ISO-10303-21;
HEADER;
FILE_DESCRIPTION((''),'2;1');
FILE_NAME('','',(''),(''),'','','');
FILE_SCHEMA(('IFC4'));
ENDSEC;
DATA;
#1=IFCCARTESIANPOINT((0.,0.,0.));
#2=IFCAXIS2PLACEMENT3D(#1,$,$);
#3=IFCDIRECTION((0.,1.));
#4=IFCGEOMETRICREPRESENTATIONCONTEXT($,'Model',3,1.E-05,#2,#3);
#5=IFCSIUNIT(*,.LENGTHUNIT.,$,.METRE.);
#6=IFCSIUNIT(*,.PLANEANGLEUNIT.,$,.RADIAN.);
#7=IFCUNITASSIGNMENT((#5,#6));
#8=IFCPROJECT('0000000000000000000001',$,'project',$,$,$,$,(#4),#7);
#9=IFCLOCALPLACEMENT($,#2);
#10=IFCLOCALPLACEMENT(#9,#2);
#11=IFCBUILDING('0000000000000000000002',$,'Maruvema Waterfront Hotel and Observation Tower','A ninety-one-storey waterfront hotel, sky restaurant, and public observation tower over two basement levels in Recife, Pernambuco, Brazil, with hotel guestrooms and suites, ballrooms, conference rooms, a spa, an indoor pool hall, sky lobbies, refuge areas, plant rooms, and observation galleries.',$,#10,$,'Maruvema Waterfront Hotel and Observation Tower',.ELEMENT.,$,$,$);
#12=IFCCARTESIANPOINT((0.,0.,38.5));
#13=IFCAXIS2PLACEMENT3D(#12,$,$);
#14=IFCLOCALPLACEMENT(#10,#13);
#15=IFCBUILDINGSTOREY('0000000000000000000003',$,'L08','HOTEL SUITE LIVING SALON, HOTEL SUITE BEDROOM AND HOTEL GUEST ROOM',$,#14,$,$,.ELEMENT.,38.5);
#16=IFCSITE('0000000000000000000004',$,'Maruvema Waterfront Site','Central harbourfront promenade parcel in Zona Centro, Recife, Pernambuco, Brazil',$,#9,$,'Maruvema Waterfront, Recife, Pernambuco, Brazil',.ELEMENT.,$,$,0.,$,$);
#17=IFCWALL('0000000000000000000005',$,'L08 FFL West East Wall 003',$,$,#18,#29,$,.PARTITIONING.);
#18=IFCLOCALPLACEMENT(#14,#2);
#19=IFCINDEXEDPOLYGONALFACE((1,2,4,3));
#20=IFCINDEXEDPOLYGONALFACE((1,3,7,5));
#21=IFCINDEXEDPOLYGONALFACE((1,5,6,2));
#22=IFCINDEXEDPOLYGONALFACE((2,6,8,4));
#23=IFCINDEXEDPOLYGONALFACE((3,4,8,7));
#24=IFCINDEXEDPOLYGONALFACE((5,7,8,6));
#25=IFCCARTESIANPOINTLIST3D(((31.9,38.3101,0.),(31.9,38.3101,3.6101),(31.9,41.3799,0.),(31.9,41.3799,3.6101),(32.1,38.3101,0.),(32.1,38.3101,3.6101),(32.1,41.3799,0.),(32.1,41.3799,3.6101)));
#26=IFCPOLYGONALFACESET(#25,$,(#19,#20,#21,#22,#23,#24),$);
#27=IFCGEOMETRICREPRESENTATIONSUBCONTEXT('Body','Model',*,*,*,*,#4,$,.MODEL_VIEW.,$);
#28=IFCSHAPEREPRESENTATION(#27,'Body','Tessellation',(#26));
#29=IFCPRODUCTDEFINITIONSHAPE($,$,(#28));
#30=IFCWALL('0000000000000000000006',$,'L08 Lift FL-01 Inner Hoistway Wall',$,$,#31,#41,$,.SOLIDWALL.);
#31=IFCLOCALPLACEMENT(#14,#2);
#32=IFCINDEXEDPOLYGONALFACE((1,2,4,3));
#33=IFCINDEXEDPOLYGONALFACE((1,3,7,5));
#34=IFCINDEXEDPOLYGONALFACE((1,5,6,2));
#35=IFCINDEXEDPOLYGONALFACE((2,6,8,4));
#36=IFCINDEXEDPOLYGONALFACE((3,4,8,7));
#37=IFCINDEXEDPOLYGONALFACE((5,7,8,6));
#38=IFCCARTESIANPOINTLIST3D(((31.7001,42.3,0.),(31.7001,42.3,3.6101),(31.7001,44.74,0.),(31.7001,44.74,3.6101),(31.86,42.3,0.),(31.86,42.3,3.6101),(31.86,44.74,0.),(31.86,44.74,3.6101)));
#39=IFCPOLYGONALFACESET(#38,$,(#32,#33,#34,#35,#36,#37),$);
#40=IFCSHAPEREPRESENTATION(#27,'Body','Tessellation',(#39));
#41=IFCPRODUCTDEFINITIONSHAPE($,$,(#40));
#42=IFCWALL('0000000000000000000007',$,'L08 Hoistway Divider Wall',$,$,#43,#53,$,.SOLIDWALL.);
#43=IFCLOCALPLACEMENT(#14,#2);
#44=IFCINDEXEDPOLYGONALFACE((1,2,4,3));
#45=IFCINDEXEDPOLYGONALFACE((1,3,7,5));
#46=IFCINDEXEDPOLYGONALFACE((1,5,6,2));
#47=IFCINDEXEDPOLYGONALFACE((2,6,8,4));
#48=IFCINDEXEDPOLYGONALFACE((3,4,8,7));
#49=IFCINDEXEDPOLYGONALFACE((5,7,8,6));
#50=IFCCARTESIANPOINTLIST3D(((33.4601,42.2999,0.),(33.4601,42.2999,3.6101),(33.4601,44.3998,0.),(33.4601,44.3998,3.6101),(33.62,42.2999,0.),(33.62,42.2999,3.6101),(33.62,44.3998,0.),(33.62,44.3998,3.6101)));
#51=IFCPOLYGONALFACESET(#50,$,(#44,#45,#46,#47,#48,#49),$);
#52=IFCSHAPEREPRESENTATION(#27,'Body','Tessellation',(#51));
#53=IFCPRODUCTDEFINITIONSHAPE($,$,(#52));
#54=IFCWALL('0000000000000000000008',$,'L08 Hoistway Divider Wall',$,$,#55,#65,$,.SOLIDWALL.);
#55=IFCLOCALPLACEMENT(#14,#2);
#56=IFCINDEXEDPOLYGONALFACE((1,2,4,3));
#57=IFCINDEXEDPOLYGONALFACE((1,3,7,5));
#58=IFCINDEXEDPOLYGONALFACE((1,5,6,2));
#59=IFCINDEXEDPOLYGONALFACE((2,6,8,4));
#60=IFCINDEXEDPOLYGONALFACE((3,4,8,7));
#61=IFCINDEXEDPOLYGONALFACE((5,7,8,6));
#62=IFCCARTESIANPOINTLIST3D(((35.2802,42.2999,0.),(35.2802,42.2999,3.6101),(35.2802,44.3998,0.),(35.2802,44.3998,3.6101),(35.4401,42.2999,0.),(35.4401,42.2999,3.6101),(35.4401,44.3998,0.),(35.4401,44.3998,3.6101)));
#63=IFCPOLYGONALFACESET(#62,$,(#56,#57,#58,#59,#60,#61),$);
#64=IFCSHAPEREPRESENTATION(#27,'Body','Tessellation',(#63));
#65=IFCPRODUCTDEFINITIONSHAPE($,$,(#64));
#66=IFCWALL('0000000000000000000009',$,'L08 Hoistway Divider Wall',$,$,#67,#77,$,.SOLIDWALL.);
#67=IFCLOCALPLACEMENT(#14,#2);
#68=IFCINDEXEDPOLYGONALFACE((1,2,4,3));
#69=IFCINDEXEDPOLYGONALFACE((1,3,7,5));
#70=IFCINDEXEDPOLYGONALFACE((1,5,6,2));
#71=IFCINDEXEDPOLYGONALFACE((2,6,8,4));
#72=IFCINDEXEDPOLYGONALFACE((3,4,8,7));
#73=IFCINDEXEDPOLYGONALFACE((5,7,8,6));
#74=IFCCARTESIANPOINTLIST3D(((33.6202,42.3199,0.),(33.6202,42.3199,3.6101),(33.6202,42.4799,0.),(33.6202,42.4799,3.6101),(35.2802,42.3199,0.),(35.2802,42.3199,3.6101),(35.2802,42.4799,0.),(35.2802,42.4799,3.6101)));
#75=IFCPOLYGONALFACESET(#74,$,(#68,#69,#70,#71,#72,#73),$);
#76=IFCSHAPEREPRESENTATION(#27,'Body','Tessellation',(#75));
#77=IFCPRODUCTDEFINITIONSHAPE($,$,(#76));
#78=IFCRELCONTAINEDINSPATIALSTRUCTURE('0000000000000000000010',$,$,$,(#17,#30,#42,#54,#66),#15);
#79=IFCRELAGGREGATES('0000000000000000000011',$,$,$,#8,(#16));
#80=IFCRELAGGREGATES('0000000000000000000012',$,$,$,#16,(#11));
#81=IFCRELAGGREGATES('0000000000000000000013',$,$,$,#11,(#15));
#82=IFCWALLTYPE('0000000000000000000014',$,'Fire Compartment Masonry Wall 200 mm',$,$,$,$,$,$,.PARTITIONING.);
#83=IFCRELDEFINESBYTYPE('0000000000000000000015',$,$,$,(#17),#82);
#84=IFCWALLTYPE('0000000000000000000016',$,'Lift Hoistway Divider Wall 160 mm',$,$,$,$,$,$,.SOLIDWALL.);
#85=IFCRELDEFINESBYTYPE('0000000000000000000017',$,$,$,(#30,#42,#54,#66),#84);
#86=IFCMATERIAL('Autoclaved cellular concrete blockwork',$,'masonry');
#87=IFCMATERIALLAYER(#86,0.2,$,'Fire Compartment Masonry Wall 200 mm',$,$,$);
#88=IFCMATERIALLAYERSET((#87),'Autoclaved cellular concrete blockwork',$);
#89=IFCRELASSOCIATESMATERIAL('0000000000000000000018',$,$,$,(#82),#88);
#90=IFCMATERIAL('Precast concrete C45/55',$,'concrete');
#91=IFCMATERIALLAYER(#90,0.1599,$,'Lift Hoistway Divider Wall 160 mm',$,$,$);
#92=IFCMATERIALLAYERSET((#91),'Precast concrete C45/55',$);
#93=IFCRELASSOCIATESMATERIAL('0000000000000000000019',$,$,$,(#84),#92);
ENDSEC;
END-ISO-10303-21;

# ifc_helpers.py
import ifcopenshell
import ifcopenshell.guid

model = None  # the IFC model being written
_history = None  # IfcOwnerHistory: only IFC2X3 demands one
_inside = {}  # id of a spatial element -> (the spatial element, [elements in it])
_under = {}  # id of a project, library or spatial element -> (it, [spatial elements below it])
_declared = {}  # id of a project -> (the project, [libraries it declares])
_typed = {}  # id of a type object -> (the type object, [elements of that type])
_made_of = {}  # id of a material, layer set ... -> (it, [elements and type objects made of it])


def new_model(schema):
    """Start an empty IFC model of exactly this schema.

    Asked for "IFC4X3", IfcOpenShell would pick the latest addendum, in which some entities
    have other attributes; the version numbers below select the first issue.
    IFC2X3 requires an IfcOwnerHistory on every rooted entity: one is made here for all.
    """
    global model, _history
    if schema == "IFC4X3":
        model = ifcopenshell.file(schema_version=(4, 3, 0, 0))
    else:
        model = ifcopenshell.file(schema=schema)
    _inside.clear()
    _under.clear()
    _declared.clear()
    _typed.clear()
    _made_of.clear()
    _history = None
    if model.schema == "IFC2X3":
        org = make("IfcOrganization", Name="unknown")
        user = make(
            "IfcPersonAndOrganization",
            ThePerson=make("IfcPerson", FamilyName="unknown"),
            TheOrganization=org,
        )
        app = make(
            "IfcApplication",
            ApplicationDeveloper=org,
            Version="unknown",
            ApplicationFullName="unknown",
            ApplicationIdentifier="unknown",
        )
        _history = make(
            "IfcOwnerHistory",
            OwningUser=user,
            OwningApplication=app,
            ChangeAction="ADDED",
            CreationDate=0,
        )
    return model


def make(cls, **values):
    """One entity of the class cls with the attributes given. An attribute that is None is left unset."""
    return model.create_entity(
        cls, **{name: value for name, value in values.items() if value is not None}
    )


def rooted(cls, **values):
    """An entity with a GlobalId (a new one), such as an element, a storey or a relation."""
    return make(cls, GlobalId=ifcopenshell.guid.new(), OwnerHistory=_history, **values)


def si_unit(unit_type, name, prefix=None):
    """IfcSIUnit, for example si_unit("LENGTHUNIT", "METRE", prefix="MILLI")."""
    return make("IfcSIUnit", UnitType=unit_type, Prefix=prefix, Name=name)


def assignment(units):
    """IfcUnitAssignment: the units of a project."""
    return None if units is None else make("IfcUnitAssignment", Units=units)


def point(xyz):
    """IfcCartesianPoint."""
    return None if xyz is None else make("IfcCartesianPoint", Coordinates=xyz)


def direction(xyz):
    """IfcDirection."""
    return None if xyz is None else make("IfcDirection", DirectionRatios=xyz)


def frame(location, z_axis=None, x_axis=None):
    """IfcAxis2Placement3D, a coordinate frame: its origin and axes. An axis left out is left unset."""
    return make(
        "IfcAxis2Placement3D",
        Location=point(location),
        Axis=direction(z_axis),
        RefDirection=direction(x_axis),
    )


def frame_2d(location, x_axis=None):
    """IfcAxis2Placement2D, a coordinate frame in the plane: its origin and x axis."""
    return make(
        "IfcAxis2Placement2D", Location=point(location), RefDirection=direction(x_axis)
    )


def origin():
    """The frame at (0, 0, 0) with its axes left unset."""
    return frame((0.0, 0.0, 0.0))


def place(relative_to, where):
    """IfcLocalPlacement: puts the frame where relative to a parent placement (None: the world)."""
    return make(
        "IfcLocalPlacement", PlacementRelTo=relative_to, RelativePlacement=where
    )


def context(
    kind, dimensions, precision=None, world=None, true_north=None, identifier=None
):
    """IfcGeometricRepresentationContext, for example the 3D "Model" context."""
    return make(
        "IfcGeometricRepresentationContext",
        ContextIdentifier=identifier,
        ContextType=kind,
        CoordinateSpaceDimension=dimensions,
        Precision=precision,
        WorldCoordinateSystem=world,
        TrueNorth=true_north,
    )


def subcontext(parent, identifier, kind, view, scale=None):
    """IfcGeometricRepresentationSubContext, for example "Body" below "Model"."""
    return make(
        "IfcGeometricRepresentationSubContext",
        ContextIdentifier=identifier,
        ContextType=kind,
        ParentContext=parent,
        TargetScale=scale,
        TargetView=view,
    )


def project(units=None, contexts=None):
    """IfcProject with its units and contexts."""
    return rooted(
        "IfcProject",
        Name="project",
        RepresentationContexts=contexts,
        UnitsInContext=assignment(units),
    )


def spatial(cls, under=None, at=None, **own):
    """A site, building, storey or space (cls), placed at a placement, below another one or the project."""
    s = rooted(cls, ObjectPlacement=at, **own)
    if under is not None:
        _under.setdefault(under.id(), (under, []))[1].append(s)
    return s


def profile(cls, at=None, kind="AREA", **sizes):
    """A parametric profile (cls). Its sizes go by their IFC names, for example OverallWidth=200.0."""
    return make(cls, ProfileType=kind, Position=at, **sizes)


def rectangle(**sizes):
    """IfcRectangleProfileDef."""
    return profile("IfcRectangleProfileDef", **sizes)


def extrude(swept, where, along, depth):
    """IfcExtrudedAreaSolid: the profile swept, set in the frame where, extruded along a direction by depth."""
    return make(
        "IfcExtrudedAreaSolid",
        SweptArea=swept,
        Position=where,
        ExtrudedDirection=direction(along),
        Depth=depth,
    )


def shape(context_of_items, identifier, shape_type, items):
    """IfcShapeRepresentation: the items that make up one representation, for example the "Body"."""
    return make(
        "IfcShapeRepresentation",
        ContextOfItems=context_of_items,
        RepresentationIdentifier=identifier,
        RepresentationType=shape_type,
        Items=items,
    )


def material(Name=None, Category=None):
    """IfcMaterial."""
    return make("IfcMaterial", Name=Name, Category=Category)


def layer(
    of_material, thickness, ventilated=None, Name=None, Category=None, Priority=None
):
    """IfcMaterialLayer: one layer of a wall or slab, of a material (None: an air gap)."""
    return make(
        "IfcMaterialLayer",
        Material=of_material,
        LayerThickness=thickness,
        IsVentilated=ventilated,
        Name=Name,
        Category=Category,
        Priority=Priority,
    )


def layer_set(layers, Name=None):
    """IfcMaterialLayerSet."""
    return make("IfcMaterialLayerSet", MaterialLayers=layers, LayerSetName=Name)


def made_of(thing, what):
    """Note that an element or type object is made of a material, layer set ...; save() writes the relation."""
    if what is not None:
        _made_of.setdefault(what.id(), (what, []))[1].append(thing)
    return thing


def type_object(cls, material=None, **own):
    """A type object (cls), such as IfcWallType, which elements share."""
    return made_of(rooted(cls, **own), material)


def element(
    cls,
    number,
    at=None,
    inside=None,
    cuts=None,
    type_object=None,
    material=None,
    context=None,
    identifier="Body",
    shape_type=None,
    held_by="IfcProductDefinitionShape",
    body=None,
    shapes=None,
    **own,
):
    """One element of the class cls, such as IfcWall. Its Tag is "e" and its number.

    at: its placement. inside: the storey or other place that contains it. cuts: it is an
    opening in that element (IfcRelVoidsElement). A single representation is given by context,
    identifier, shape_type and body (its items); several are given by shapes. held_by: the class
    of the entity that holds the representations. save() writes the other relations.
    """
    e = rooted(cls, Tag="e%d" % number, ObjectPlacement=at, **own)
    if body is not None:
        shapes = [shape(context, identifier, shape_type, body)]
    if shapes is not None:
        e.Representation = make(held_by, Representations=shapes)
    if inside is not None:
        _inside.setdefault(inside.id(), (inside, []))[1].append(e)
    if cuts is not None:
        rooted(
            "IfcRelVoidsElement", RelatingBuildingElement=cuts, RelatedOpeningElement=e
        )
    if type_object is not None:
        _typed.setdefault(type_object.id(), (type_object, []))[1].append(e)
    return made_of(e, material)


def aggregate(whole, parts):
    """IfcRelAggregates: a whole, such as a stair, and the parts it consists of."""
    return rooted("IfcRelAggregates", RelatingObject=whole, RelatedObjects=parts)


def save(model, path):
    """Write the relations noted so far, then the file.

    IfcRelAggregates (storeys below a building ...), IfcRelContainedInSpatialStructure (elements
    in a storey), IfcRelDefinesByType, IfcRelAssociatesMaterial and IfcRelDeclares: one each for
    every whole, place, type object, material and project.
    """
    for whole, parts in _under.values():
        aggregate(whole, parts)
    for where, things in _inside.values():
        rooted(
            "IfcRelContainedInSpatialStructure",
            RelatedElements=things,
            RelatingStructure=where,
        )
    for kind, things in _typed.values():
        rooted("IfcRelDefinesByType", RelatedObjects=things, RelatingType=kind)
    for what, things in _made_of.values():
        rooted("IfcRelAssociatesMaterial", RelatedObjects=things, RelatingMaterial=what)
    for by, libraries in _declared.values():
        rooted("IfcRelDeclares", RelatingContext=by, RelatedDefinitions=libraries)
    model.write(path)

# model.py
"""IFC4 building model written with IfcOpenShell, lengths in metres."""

from ifc_helpers import new_model, si_unit, direction, frame, frame_2d, origin, place, context, subcontext, project, spatial, rectangle, extrude, material, layer, layer_set, type_object, element, save


model = new_model("IFC4")

# Units and contexts
model_context = context("Model", 3, precision=1e-05, world=origin(), true_north=direction((0.0, 1.0)))
body_context = subcontext(model_context, "Body", "Model", "MODEL_VIEW")
ifc_project = project(units=[si_unit("LENGTHUNIT", "METRE"), si_unit("PLANEANGLEUNIT", "RADIAN")], contexts=[model_context])

# Site, building, storey
site_placement = place(None, origin())
site = spatial("IfcSite", under=ifc_project, at=site_placement, Name="Maruvema Waterfront Site", Description="Central harbourfront promenade parcel in Zona Centro, Recife, Pernambuco, Brazil", LongName="Maruvema Waterfront, Recife, Pernambuco, Brazil", CompositionType="ELEMENT", RefElevation=0.0)
building_placement = place(site_placement, origin())
building = spatial("IfcBuilding", under=site, at=building_placement, Name="Maruvema Waterfront Hotel and Observation Tower", Description="A ninety-one-storey waterfront hotel, sky restaurant, and public observation tower over two basement levels in Recife, Pernambuco, Brazil, with hotel guestrooms and suites, ballrooms, conference rooms, a spa, an indoor pool hall, sky lobbies, refuge areas, plant rooms, and observation galleries.", LongName="Maruvema Waterfront Hotel and Observation Tower", CompositionType="ELEMENT")
storey_placement = place(building_placement, frame((0.0, 0.0, 38.5)))
storey = spatial("IfcBuildingStorey", under=building, at=storey_placement, Name="L08", Description="HOTEL SUITE LIVING SALON, HOTEL SUITE BEDROOM AND HOTEL GUEST ROOM", CompositionType="ELEMENT", Elevation=38.5)

# Walls
ifc_material_1 = material(Name="Autoclaved cellular concrete blockwork", Category="masonry")
ifc_layer_1 = layer(ifc_material_1, 0.2, Name="Fire Compartment Masonry Wall 200 mm")
ifc_layer_set_1 = layer_set([ifc_layer_1], Name="Autoclaved cellular concrete blockwork")
wall_type_1 = type_object("IfcWallType", Name="Fire Compartment Masonry Wall 200 mm", PredefinedType="PARTITIONING", material=ifc_layer_set_1)
for number, where, z_axis, x_axis, name in (
    (1, (32.0, 38.3101, 0.0), (0.0, 0.0, 1.0), (0.0, 1.0, 0.0), "L08 FFL West East Wall 003"),
):
    element("IfcWall", number, at=place(storey_placement, frame(where, z_axis=z_axis, x_axis=x_axis)), inside=storey, type_object=wall_type_1, Name=name, PredefinedType="PARTITIONING", context=body_context, shape_type="SweptSolid", body=[
        extrude(rectangle(XDim=3.0698, YDim=0.2, at=frame_2d((1.5349, 0.0))), origin(), (0.0, 0.0, 1.0), 3.6101),
    ])
ifc_material_2 = material(Name="Precast concrete C45/55", Category="concrete")
ifc_layer_2 = layer(ifc_material_2, 0.1599, Name="Lift Hoistway Divider Wall 160 mm")
ifc_layer_set_2 = layer_set([ifc_layer_2], Name="Precast concrete C45/55")
wall_type_2 = type_object("IfcWallType", Name="Lift Hoistway Divider Wall 160 mm", PredefinedType="SOLIDWALL", material=ifc_layer_set_2)
wall_1_placement = place(storey_placement, frame((31.78, 42.3, 0.0), z_axis=(0.0, 0.0, 1.0), x_axis=(0.0, 1.0, 0.0)))
element("IfcWall", 2, at=wall_1_placement, inside=storey, type_object=wall_type_2, Name="L08 Lift FL-01 Inner Hoistway Wall", PredefinedType="SOLIDWALL", context=body_context, shape_type="SweptSolid", body=[
    extrude(rectangle(XDim=2.4399, YDim=0.1599, at=frame_2d((1.22, 0.0))), origin(), (0.0, 0.0, 1.0), 3.6101),
])
for number, where, z_axis, x_axis, name in (
    (3, (33.54, 42.3, 0.0), (0.0, 0.0, 1.0), (0.0, 1.0, 0.0), "L08 Hoistway Divider Wall"),
    (4, (35.3601, 42.3, 0.0), (0.0, 0.0, 1.0), (0.0, 1.0, 0.0), "L08 Hoistway Divider Wall"),
):
    element("IfcWall", number, at=place(storey_placement, frame(where, z_axis=z_axis, x_axis=x_axis)), inside=storey, type_object=wall_type_2, Name=name, PredefinedType="SOLIDWALL", context=body_context, shape_type="SweptSolid", body=[
        extrude(rectangle(XDim=2.0999, YDim=0.1599, at=frame_2d((1.0498, 0.0))), origin(), (0.0, 0.0, 1.0), 3.6101),
    ])
wall_2_placement = place(storey_placement, frame((33.6201, 42.3999, 0.0), z_axis=(0.0, 0.0, 1.0), x_axis=(1.0, 0.0, 0.0)))
element("IfcWall", 5, at=wall_2_placement, inside=storey, type_object=wall_type_2, Name="L08 Hoistway Divider Wall", PredefinedType="SOLIDWALL", context=body_context, shape_type="SweptSolid", body=[
    extrude(rectangle(XDim=1.6599, YDim=0.1599, at=frame_2d((0.8301, 0.0))), origin(), (0.0, 0.0, 1.0), 3.6101),
])

save(model, "model.ifc")
